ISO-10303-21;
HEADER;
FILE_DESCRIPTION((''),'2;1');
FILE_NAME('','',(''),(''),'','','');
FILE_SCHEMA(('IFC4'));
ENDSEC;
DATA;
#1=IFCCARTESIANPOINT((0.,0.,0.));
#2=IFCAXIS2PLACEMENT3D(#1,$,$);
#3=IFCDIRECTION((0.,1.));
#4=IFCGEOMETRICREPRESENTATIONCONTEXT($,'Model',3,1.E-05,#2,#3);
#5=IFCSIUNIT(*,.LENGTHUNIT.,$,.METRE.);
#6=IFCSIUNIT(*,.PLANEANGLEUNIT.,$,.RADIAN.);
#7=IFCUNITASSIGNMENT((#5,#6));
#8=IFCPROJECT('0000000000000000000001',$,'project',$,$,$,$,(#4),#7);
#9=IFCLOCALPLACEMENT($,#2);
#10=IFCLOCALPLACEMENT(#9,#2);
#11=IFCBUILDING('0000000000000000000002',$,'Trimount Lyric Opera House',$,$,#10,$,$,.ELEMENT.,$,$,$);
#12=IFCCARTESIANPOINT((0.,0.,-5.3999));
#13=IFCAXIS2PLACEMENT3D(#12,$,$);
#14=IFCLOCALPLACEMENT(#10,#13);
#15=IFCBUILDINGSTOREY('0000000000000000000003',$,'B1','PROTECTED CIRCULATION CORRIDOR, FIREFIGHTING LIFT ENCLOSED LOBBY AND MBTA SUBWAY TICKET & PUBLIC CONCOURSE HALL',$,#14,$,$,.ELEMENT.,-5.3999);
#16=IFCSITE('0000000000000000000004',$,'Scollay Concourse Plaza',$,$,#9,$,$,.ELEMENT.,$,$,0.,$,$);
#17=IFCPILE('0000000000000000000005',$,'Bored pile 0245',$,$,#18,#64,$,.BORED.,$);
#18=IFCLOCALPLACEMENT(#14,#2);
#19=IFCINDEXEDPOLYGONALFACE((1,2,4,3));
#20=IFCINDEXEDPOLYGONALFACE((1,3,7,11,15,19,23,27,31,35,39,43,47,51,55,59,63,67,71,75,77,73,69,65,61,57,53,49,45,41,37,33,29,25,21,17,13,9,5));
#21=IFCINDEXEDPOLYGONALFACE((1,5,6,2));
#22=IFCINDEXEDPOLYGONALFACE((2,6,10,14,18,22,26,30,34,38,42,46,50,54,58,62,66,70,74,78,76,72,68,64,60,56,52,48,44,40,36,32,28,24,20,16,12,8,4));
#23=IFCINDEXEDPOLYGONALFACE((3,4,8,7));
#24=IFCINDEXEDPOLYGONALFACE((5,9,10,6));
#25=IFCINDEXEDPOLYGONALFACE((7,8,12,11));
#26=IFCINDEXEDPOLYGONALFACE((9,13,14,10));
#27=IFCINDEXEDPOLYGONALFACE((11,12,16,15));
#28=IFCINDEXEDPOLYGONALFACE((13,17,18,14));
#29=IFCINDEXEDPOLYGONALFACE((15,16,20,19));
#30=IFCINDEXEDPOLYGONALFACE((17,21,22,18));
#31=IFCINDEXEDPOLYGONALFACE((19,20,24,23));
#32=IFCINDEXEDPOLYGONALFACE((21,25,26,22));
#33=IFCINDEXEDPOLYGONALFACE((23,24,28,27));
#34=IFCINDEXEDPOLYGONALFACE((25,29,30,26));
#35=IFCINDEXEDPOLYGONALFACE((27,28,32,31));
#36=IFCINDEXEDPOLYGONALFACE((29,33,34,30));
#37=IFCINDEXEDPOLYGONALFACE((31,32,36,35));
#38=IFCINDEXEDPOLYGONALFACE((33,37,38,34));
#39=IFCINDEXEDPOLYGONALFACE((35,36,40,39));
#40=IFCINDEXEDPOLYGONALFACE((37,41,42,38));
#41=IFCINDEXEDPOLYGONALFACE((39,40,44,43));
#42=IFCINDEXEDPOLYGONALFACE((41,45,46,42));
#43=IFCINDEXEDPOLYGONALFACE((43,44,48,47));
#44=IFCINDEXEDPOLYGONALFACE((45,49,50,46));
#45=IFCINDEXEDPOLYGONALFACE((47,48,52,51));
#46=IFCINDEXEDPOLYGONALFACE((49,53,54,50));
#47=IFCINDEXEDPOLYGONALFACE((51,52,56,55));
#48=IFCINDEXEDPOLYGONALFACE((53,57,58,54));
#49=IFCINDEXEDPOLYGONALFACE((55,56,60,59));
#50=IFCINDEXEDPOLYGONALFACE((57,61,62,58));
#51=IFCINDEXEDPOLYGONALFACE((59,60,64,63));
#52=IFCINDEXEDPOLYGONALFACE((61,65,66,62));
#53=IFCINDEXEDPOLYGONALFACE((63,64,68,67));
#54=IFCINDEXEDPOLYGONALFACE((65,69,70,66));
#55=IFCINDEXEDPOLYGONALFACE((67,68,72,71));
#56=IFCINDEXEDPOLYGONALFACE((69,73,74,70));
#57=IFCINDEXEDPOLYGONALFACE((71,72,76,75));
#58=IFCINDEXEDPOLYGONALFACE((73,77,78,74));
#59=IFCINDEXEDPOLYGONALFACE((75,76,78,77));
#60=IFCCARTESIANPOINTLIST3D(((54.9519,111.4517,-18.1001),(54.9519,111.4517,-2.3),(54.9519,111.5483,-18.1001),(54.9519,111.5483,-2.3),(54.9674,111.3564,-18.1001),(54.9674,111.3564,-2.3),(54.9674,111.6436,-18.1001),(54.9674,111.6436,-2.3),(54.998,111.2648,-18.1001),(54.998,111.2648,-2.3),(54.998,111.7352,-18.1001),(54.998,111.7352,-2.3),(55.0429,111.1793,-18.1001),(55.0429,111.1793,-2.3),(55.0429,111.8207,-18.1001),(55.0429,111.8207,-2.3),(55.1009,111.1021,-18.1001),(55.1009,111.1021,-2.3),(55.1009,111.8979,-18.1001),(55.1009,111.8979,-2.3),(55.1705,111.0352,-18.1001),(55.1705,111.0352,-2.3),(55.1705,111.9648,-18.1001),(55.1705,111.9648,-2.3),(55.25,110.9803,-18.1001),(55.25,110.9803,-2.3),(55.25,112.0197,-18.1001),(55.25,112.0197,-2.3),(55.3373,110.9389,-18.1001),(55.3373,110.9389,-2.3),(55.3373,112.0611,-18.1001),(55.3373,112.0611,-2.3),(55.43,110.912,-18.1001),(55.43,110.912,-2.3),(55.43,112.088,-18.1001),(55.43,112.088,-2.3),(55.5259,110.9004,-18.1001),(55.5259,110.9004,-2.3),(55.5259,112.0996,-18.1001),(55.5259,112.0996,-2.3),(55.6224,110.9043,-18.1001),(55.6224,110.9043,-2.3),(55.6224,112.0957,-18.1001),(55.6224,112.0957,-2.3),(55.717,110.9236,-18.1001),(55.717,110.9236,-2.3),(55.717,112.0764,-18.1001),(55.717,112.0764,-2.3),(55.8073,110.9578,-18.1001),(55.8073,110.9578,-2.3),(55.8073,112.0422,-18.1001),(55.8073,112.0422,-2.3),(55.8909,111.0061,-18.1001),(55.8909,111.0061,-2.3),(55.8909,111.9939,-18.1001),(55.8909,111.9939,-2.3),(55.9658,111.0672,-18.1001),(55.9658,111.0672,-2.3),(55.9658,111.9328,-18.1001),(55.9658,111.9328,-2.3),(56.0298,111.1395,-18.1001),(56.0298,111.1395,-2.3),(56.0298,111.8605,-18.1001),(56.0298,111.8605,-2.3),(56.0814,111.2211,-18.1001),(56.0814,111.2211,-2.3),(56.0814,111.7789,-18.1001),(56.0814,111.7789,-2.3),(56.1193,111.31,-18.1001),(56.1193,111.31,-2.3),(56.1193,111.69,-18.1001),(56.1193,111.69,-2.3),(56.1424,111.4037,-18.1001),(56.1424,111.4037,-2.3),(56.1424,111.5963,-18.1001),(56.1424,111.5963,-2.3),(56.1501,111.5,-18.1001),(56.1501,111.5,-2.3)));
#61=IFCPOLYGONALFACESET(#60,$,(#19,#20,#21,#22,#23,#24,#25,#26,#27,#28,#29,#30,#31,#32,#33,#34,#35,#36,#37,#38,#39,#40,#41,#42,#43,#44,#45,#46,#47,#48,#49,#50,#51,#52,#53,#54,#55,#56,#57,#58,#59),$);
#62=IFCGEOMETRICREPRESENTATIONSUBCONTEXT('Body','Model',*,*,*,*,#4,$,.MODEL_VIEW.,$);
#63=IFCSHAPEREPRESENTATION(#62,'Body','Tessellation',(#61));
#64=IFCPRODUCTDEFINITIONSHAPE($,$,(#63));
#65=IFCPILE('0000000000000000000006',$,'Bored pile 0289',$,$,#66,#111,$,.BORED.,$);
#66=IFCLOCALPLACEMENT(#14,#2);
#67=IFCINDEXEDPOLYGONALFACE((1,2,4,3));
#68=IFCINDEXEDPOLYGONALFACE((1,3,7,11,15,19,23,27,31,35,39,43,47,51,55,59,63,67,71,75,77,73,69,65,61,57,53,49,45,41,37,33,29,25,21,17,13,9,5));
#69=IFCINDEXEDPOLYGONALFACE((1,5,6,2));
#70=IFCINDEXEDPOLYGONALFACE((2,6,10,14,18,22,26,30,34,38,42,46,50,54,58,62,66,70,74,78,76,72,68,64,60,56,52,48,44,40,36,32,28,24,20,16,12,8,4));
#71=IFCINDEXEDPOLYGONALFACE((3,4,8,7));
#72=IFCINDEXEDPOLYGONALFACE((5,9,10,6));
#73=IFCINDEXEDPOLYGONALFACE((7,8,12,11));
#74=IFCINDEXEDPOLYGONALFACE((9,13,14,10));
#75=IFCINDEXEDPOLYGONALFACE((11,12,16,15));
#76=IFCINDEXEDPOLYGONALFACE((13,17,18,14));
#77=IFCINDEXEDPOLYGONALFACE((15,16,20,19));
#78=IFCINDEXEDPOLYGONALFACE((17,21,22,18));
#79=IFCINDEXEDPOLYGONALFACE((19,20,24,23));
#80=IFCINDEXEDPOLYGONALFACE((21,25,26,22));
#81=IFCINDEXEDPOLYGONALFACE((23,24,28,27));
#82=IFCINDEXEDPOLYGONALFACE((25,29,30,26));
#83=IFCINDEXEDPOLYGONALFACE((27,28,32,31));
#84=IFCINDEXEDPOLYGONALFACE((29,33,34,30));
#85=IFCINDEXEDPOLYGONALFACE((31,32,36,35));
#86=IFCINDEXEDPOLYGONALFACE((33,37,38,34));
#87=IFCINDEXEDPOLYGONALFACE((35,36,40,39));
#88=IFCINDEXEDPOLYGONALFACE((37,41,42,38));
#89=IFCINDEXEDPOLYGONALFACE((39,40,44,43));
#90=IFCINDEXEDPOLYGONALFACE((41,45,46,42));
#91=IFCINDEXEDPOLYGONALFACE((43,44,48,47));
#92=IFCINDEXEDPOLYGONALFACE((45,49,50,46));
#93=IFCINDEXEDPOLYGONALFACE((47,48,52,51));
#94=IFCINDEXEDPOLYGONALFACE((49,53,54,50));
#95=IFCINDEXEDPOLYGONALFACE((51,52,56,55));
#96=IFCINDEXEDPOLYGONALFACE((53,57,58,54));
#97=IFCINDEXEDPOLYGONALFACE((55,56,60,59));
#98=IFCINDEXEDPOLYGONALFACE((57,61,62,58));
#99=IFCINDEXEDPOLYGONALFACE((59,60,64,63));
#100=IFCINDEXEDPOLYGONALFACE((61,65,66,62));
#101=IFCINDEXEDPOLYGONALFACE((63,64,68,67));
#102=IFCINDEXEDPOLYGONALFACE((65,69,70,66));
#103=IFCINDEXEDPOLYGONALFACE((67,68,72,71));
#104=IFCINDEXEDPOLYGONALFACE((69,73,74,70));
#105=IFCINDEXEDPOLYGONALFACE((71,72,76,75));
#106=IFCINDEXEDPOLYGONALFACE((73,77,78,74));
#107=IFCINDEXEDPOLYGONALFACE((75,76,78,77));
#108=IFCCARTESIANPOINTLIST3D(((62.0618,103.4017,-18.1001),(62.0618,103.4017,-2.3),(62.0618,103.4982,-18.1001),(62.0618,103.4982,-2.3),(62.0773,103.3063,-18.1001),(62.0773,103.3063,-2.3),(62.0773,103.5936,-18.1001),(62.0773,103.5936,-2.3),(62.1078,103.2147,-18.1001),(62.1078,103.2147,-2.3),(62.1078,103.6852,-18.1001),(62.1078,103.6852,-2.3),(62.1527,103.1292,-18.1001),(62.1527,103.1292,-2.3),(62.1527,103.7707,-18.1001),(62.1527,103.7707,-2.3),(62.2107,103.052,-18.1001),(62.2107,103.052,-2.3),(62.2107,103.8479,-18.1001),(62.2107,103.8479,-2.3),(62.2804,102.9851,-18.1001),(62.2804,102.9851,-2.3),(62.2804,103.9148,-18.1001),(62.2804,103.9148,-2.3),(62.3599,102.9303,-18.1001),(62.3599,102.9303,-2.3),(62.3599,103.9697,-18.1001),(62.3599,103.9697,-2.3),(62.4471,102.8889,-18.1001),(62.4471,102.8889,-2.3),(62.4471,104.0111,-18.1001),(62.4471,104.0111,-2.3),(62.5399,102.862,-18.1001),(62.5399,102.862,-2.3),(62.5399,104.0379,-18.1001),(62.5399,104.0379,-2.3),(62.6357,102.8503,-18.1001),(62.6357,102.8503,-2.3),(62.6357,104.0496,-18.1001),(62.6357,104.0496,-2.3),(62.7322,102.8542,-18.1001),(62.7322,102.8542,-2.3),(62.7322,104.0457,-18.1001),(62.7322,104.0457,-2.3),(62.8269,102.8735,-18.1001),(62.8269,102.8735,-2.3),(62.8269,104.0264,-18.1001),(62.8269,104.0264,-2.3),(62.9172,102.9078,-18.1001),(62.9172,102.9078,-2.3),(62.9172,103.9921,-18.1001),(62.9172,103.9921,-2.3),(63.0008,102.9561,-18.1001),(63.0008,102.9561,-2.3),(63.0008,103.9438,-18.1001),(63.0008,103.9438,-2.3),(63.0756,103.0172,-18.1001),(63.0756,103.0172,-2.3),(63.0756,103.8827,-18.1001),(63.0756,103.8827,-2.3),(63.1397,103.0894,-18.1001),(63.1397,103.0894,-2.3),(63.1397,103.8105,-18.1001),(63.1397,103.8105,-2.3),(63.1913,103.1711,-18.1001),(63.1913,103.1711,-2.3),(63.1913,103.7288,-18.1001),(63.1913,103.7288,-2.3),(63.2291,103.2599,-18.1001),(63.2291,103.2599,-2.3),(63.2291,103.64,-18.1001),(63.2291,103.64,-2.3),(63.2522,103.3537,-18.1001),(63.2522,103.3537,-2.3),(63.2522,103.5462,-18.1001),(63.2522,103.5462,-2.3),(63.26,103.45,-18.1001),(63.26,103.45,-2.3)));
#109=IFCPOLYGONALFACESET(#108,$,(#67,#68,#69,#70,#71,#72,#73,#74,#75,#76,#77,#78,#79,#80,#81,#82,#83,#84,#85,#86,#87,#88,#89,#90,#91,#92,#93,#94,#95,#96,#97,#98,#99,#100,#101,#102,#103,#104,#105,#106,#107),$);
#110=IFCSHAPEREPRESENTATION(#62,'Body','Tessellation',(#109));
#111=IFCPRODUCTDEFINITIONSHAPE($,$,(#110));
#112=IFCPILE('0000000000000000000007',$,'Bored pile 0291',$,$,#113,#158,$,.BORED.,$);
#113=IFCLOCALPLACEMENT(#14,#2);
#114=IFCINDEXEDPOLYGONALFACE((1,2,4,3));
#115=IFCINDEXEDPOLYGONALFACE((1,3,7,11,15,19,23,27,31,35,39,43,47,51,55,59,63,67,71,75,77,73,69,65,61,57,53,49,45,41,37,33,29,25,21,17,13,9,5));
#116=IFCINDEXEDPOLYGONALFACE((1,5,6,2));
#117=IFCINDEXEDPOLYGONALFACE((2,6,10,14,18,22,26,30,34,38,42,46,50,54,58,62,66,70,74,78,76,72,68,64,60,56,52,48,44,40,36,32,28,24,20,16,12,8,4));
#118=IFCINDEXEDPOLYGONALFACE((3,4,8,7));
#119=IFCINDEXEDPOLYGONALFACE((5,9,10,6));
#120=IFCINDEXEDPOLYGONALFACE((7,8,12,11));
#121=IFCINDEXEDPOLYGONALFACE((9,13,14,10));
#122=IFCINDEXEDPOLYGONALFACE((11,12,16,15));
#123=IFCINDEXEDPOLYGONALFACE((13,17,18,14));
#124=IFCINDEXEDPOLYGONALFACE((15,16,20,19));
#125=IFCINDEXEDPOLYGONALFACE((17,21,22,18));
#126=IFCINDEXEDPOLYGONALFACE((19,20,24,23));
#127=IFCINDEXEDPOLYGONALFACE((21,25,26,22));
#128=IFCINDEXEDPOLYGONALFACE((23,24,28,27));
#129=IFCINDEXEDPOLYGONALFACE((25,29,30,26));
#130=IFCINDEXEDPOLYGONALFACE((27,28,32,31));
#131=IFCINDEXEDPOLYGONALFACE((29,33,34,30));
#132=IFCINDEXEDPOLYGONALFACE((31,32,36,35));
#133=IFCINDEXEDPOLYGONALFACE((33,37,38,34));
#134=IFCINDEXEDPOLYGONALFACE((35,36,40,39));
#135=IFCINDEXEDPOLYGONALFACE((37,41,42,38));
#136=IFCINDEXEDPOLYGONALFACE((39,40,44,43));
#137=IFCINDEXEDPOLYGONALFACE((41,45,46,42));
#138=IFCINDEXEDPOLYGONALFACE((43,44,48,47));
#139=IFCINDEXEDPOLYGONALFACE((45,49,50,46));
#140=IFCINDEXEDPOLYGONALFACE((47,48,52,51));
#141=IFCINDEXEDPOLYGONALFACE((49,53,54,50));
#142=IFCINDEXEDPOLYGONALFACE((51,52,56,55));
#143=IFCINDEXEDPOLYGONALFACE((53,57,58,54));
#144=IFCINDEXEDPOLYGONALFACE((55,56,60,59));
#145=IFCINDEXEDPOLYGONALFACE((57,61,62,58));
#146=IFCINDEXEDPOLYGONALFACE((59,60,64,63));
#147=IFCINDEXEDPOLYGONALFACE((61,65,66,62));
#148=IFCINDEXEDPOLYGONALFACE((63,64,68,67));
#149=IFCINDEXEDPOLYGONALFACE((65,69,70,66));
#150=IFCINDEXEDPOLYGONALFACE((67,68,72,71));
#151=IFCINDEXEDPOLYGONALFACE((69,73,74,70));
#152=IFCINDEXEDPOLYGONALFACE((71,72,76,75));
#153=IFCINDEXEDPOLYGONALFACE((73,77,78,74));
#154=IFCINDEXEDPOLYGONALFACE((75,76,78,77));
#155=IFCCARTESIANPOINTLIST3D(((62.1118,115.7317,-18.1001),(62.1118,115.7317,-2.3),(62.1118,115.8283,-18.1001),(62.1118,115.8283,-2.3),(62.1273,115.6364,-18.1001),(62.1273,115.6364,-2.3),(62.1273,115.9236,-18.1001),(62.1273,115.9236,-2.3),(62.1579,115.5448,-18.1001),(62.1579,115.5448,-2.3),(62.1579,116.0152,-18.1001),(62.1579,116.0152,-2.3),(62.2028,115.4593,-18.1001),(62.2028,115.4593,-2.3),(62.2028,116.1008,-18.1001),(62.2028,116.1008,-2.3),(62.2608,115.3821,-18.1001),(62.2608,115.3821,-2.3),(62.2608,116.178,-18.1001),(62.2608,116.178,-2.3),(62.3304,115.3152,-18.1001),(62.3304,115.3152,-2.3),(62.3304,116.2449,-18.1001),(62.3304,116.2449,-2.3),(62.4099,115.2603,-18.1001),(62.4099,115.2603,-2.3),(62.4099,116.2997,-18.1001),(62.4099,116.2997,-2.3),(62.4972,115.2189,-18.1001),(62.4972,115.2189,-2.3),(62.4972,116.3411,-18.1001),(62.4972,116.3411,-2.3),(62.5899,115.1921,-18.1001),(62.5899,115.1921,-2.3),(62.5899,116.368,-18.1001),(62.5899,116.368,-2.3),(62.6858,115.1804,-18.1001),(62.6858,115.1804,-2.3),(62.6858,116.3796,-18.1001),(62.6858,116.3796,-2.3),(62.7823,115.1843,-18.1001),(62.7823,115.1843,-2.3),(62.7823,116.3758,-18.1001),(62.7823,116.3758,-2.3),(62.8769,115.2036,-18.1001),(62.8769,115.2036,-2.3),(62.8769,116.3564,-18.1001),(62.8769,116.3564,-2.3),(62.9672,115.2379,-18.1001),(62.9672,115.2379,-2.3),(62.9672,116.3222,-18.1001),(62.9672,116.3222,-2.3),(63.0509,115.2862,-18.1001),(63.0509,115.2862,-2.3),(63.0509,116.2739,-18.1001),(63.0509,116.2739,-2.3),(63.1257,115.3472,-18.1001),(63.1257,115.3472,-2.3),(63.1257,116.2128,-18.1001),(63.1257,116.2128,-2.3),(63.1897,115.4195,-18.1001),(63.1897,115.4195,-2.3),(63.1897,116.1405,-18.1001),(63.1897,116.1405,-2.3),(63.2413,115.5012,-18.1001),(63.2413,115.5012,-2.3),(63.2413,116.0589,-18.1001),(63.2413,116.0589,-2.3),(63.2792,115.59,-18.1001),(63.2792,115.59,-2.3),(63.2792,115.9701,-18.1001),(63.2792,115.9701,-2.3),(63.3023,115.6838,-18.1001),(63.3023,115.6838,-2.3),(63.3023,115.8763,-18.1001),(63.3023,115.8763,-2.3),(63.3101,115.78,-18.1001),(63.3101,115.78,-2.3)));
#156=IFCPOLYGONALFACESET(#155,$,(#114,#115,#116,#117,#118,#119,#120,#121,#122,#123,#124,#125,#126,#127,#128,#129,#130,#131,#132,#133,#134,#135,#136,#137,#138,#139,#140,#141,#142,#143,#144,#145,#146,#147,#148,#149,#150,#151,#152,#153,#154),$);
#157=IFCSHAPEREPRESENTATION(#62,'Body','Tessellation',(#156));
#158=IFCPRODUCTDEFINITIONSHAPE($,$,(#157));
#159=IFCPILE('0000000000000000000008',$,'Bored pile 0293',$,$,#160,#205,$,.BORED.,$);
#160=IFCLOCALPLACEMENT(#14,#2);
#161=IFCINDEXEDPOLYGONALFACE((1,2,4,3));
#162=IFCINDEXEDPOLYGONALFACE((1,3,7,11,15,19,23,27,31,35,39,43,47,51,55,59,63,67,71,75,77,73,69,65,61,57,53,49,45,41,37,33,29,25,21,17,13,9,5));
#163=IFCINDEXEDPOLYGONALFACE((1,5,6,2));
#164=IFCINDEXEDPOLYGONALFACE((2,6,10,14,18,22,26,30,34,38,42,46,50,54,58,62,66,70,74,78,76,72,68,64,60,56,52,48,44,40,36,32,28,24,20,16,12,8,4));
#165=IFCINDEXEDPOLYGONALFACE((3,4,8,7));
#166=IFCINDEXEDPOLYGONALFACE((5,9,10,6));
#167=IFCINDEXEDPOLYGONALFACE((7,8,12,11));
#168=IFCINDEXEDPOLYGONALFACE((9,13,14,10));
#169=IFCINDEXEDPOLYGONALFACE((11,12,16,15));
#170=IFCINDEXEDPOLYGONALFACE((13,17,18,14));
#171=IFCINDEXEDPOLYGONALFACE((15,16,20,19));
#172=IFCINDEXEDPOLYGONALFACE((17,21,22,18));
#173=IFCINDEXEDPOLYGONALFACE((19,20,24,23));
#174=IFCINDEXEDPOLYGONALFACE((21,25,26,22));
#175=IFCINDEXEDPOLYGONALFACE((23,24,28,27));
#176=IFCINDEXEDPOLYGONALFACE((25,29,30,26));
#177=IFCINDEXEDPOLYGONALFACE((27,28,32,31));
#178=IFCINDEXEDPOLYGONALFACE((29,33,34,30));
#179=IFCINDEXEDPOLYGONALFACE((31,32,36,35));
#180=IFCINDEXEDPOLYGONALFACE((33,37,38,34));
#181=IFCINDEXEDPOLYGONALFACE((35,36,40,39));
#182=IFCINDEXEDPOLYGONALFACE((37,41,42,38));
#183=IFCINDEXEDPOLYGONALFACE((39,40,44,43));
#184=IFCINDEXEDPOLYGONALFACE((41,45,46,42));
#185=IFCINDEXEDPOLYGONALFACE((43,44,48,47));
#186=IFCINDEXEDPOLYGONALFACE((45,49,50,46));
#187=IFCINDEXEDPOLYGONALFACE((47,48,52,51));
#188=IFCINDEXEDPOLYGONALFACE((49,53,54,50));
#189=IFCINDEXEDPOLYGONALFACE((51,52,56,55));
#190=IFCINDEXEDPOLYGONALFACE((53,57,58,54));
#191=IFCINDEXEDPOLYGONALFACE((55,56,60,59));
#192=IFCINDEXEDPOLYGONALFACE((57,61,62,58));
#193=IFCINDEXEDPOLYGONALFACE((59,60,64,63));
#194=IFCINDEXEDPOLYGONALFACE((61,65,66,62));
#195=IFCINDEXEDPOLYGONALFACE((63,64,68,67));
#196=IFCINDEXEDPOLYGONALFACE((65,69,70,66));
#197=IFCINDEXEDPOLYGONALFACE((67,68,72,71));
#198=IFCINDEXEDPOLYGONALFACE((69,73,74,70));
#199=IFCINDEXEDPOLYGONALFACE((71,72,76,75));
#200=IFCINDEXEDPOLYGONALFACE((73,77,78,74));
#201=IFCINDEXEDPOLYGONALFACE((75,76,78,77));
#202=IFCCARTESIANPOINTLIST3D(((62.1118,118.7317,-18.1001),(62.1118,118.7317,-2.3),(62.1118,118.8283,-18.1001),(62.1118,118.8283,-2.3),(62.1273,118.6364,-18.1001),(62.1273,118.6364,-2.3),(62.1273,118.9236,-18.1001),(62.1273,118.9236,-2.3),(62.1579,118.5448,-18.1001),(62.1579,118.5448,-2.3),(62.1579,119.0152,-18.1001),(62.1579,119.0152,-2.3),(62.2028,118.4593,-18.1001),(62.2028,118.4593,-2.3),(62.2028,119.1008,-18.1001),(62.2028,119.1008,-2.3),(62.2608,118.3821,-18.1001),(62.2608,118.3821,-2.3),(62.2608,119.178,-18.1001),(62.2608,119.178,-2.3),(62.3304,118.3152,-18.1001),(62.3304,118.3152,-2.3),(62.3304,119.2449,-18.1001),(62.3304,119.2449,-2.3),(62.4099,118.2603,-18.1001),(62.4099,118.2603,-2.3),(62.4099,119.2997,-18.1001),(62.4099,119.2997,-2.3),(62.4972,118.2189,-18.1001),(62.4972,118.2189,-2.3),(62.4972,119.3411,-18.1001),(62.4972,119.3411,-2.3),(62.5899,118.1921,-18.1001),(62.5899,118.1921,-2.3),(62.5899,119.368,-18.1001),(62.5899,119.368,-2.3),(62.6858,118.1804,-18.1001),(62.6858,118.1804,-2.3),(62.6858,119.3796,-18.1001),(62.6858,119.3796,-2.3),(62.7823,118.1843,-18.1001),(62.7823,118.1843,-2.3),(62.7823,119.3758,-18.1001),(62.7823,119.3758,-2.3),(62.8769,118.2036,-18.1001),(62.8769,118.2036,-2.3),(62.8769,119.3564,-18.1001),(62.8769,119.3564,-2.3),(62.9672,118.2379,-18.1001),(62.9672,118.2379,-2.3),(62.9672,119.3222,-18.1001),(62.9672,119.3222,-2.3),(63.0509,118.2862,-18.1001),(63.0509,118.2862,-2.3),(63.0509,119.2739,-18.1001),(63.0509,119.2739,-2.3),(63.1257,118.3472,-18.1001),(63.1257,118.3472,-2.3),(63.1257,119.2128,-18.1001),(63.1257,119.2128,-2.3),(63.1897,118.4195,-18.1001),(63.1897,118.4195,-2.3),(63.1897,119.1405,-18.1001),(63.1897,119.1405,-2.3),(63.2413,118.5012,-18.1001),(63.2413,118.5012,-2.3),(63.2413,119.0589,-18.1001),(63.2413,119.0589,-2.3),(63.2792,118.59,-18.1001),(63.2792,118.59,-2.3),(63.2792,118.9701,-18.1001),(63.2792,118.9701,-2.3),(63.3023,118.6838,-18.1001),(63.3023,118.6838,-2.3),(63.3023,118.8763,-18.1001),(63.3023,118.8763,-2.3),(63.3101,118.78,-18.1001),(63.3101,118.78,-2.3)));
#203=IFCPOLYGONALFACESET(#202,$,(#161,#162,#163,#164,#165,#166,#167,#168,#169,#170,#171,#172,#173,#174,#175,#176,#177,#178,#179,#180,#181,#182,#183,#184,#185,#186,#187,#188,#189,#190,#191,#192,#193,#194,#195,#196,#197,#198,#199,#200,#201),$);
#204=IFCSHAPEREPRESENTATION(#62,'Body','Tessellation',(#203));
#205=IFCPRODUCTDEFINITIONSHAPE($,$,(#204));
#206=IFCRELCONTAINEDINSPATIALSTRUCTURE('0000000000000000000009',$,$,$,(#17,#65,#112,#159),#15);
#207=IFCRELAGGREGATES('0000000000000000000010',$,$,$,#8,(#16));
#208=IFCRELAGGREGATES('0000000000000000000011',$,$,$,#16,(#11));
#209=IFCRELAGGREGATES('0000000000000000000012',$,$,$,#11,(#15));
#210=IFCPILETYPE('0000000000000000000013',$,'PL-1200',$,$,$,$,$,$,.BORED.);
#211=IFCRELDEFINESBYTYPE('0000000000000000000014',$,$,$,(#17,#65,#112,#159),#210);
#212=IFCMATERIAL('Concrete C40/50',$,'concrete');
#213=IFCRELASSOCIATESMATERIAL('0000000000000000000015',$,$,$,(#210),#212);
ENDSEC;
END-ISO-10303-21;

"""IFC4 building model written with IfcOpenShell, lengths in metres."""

from ifc_helpers import new_model, si_unit, direction, frame, origin, origin_2d, place, context, subcontext, project, spatial, circle, extrude, material, material_profile, profile_set, type_object, element, save


model = new_model("IFC4")

# Units and contexts
model_context = context("Model", 3, precision=1e-05, world=origin(), true_north=direction((0.0, 1.0)))
body_context = subcontext(model_context, "Body", "Model", "MODEL_VIEW")
ifc_project = project(units=[si_unit("LENGTHUNIT", "METRE"), si_unit("PLANEANGLEUNIT", "RADIAN")], contexts=[model_context])

# Site, building, storey
site_placement = place(None, origin())
site = spatial("IfcSite", under=ifc_project, at=site_placement, Name="Scollay Concourse Plaza", CompositionType="ELEMENT", RefElevation=0.0)
building_placement = place(site_placement, origin())
building = spatial("IfcBuilding", under=site, at=building_placement, Name="Trimount Lyric Opera House", CompositionType="ELEMENT")
storey_placement = place(building_placement, frame((0.0, 0.0, -5.3999)))
storey = spatial("IfcBuildingStorey", under=building, at=storey_placement, Name="B1", Description="PROTECTED CIRCULATION CORRIDOR, FIREFIGHTING LIFT ENCLOSED LOBBY AND MBTA SUBWAY TICKET & PUBLIC CONCOURSE HALL", CompositionType="ELEMENT", Elevation=-5.3999)

# Piles
ifc_material_1 = material(Name="Concrete C40/50", Category="concrete")
ifc_material_profile_1 = material_profile(ifc_material_1, circle(Radius=0.6001, at=origin_2d()), Name="PILE-D1200")
ifc_profile_set_1 = profile_set([ifc_material_profile_1], Name="Concrete C40/50")
pile_type_1 = type_object("IfcPileType", Name="PL-1200", PredefinedType="BORED", material=ifc_profile_set_1)
for number, where, z_axis, x_axis, name in (
    (1, (55.55, 111.5, -2.3), (0.0, 0.0, -1.0), (1.0, 0.0, 0.0), "Bored pile 0245"),
    (2, (62.6599, 103.45, -2.3), (0.0, 0.0, -1.0), (1.0, 0.0, 0.0), "Bored pile 0289"),
    (3, (62.71, 115.78, -2.3), (0.0, 0.0, -1.0), (1.0, 0.0, 0.0), "Bored pile 0291"),
    (4, (62.71, 118.78, -2.3), (0.0, 0.0, -1.0), (1.0, 0.0, 0.0), "Bored pile 0293"),
):
    element("IfcPile", number, at=place(storey_placement, frame(where, z_axis=z_axis, x_axis=x_axis)), inside=storey, type_object=pile_type_1, Name=name, PredefinedType="BORED", context=body_context, shape_type="SweptSolid", body=[
        extrude(circle(Radius=0.6001, at=origin_2d()), origin(), (0.0, 0.0, 1.0), 15.8),
    ])

save(model, "model.ifc")
